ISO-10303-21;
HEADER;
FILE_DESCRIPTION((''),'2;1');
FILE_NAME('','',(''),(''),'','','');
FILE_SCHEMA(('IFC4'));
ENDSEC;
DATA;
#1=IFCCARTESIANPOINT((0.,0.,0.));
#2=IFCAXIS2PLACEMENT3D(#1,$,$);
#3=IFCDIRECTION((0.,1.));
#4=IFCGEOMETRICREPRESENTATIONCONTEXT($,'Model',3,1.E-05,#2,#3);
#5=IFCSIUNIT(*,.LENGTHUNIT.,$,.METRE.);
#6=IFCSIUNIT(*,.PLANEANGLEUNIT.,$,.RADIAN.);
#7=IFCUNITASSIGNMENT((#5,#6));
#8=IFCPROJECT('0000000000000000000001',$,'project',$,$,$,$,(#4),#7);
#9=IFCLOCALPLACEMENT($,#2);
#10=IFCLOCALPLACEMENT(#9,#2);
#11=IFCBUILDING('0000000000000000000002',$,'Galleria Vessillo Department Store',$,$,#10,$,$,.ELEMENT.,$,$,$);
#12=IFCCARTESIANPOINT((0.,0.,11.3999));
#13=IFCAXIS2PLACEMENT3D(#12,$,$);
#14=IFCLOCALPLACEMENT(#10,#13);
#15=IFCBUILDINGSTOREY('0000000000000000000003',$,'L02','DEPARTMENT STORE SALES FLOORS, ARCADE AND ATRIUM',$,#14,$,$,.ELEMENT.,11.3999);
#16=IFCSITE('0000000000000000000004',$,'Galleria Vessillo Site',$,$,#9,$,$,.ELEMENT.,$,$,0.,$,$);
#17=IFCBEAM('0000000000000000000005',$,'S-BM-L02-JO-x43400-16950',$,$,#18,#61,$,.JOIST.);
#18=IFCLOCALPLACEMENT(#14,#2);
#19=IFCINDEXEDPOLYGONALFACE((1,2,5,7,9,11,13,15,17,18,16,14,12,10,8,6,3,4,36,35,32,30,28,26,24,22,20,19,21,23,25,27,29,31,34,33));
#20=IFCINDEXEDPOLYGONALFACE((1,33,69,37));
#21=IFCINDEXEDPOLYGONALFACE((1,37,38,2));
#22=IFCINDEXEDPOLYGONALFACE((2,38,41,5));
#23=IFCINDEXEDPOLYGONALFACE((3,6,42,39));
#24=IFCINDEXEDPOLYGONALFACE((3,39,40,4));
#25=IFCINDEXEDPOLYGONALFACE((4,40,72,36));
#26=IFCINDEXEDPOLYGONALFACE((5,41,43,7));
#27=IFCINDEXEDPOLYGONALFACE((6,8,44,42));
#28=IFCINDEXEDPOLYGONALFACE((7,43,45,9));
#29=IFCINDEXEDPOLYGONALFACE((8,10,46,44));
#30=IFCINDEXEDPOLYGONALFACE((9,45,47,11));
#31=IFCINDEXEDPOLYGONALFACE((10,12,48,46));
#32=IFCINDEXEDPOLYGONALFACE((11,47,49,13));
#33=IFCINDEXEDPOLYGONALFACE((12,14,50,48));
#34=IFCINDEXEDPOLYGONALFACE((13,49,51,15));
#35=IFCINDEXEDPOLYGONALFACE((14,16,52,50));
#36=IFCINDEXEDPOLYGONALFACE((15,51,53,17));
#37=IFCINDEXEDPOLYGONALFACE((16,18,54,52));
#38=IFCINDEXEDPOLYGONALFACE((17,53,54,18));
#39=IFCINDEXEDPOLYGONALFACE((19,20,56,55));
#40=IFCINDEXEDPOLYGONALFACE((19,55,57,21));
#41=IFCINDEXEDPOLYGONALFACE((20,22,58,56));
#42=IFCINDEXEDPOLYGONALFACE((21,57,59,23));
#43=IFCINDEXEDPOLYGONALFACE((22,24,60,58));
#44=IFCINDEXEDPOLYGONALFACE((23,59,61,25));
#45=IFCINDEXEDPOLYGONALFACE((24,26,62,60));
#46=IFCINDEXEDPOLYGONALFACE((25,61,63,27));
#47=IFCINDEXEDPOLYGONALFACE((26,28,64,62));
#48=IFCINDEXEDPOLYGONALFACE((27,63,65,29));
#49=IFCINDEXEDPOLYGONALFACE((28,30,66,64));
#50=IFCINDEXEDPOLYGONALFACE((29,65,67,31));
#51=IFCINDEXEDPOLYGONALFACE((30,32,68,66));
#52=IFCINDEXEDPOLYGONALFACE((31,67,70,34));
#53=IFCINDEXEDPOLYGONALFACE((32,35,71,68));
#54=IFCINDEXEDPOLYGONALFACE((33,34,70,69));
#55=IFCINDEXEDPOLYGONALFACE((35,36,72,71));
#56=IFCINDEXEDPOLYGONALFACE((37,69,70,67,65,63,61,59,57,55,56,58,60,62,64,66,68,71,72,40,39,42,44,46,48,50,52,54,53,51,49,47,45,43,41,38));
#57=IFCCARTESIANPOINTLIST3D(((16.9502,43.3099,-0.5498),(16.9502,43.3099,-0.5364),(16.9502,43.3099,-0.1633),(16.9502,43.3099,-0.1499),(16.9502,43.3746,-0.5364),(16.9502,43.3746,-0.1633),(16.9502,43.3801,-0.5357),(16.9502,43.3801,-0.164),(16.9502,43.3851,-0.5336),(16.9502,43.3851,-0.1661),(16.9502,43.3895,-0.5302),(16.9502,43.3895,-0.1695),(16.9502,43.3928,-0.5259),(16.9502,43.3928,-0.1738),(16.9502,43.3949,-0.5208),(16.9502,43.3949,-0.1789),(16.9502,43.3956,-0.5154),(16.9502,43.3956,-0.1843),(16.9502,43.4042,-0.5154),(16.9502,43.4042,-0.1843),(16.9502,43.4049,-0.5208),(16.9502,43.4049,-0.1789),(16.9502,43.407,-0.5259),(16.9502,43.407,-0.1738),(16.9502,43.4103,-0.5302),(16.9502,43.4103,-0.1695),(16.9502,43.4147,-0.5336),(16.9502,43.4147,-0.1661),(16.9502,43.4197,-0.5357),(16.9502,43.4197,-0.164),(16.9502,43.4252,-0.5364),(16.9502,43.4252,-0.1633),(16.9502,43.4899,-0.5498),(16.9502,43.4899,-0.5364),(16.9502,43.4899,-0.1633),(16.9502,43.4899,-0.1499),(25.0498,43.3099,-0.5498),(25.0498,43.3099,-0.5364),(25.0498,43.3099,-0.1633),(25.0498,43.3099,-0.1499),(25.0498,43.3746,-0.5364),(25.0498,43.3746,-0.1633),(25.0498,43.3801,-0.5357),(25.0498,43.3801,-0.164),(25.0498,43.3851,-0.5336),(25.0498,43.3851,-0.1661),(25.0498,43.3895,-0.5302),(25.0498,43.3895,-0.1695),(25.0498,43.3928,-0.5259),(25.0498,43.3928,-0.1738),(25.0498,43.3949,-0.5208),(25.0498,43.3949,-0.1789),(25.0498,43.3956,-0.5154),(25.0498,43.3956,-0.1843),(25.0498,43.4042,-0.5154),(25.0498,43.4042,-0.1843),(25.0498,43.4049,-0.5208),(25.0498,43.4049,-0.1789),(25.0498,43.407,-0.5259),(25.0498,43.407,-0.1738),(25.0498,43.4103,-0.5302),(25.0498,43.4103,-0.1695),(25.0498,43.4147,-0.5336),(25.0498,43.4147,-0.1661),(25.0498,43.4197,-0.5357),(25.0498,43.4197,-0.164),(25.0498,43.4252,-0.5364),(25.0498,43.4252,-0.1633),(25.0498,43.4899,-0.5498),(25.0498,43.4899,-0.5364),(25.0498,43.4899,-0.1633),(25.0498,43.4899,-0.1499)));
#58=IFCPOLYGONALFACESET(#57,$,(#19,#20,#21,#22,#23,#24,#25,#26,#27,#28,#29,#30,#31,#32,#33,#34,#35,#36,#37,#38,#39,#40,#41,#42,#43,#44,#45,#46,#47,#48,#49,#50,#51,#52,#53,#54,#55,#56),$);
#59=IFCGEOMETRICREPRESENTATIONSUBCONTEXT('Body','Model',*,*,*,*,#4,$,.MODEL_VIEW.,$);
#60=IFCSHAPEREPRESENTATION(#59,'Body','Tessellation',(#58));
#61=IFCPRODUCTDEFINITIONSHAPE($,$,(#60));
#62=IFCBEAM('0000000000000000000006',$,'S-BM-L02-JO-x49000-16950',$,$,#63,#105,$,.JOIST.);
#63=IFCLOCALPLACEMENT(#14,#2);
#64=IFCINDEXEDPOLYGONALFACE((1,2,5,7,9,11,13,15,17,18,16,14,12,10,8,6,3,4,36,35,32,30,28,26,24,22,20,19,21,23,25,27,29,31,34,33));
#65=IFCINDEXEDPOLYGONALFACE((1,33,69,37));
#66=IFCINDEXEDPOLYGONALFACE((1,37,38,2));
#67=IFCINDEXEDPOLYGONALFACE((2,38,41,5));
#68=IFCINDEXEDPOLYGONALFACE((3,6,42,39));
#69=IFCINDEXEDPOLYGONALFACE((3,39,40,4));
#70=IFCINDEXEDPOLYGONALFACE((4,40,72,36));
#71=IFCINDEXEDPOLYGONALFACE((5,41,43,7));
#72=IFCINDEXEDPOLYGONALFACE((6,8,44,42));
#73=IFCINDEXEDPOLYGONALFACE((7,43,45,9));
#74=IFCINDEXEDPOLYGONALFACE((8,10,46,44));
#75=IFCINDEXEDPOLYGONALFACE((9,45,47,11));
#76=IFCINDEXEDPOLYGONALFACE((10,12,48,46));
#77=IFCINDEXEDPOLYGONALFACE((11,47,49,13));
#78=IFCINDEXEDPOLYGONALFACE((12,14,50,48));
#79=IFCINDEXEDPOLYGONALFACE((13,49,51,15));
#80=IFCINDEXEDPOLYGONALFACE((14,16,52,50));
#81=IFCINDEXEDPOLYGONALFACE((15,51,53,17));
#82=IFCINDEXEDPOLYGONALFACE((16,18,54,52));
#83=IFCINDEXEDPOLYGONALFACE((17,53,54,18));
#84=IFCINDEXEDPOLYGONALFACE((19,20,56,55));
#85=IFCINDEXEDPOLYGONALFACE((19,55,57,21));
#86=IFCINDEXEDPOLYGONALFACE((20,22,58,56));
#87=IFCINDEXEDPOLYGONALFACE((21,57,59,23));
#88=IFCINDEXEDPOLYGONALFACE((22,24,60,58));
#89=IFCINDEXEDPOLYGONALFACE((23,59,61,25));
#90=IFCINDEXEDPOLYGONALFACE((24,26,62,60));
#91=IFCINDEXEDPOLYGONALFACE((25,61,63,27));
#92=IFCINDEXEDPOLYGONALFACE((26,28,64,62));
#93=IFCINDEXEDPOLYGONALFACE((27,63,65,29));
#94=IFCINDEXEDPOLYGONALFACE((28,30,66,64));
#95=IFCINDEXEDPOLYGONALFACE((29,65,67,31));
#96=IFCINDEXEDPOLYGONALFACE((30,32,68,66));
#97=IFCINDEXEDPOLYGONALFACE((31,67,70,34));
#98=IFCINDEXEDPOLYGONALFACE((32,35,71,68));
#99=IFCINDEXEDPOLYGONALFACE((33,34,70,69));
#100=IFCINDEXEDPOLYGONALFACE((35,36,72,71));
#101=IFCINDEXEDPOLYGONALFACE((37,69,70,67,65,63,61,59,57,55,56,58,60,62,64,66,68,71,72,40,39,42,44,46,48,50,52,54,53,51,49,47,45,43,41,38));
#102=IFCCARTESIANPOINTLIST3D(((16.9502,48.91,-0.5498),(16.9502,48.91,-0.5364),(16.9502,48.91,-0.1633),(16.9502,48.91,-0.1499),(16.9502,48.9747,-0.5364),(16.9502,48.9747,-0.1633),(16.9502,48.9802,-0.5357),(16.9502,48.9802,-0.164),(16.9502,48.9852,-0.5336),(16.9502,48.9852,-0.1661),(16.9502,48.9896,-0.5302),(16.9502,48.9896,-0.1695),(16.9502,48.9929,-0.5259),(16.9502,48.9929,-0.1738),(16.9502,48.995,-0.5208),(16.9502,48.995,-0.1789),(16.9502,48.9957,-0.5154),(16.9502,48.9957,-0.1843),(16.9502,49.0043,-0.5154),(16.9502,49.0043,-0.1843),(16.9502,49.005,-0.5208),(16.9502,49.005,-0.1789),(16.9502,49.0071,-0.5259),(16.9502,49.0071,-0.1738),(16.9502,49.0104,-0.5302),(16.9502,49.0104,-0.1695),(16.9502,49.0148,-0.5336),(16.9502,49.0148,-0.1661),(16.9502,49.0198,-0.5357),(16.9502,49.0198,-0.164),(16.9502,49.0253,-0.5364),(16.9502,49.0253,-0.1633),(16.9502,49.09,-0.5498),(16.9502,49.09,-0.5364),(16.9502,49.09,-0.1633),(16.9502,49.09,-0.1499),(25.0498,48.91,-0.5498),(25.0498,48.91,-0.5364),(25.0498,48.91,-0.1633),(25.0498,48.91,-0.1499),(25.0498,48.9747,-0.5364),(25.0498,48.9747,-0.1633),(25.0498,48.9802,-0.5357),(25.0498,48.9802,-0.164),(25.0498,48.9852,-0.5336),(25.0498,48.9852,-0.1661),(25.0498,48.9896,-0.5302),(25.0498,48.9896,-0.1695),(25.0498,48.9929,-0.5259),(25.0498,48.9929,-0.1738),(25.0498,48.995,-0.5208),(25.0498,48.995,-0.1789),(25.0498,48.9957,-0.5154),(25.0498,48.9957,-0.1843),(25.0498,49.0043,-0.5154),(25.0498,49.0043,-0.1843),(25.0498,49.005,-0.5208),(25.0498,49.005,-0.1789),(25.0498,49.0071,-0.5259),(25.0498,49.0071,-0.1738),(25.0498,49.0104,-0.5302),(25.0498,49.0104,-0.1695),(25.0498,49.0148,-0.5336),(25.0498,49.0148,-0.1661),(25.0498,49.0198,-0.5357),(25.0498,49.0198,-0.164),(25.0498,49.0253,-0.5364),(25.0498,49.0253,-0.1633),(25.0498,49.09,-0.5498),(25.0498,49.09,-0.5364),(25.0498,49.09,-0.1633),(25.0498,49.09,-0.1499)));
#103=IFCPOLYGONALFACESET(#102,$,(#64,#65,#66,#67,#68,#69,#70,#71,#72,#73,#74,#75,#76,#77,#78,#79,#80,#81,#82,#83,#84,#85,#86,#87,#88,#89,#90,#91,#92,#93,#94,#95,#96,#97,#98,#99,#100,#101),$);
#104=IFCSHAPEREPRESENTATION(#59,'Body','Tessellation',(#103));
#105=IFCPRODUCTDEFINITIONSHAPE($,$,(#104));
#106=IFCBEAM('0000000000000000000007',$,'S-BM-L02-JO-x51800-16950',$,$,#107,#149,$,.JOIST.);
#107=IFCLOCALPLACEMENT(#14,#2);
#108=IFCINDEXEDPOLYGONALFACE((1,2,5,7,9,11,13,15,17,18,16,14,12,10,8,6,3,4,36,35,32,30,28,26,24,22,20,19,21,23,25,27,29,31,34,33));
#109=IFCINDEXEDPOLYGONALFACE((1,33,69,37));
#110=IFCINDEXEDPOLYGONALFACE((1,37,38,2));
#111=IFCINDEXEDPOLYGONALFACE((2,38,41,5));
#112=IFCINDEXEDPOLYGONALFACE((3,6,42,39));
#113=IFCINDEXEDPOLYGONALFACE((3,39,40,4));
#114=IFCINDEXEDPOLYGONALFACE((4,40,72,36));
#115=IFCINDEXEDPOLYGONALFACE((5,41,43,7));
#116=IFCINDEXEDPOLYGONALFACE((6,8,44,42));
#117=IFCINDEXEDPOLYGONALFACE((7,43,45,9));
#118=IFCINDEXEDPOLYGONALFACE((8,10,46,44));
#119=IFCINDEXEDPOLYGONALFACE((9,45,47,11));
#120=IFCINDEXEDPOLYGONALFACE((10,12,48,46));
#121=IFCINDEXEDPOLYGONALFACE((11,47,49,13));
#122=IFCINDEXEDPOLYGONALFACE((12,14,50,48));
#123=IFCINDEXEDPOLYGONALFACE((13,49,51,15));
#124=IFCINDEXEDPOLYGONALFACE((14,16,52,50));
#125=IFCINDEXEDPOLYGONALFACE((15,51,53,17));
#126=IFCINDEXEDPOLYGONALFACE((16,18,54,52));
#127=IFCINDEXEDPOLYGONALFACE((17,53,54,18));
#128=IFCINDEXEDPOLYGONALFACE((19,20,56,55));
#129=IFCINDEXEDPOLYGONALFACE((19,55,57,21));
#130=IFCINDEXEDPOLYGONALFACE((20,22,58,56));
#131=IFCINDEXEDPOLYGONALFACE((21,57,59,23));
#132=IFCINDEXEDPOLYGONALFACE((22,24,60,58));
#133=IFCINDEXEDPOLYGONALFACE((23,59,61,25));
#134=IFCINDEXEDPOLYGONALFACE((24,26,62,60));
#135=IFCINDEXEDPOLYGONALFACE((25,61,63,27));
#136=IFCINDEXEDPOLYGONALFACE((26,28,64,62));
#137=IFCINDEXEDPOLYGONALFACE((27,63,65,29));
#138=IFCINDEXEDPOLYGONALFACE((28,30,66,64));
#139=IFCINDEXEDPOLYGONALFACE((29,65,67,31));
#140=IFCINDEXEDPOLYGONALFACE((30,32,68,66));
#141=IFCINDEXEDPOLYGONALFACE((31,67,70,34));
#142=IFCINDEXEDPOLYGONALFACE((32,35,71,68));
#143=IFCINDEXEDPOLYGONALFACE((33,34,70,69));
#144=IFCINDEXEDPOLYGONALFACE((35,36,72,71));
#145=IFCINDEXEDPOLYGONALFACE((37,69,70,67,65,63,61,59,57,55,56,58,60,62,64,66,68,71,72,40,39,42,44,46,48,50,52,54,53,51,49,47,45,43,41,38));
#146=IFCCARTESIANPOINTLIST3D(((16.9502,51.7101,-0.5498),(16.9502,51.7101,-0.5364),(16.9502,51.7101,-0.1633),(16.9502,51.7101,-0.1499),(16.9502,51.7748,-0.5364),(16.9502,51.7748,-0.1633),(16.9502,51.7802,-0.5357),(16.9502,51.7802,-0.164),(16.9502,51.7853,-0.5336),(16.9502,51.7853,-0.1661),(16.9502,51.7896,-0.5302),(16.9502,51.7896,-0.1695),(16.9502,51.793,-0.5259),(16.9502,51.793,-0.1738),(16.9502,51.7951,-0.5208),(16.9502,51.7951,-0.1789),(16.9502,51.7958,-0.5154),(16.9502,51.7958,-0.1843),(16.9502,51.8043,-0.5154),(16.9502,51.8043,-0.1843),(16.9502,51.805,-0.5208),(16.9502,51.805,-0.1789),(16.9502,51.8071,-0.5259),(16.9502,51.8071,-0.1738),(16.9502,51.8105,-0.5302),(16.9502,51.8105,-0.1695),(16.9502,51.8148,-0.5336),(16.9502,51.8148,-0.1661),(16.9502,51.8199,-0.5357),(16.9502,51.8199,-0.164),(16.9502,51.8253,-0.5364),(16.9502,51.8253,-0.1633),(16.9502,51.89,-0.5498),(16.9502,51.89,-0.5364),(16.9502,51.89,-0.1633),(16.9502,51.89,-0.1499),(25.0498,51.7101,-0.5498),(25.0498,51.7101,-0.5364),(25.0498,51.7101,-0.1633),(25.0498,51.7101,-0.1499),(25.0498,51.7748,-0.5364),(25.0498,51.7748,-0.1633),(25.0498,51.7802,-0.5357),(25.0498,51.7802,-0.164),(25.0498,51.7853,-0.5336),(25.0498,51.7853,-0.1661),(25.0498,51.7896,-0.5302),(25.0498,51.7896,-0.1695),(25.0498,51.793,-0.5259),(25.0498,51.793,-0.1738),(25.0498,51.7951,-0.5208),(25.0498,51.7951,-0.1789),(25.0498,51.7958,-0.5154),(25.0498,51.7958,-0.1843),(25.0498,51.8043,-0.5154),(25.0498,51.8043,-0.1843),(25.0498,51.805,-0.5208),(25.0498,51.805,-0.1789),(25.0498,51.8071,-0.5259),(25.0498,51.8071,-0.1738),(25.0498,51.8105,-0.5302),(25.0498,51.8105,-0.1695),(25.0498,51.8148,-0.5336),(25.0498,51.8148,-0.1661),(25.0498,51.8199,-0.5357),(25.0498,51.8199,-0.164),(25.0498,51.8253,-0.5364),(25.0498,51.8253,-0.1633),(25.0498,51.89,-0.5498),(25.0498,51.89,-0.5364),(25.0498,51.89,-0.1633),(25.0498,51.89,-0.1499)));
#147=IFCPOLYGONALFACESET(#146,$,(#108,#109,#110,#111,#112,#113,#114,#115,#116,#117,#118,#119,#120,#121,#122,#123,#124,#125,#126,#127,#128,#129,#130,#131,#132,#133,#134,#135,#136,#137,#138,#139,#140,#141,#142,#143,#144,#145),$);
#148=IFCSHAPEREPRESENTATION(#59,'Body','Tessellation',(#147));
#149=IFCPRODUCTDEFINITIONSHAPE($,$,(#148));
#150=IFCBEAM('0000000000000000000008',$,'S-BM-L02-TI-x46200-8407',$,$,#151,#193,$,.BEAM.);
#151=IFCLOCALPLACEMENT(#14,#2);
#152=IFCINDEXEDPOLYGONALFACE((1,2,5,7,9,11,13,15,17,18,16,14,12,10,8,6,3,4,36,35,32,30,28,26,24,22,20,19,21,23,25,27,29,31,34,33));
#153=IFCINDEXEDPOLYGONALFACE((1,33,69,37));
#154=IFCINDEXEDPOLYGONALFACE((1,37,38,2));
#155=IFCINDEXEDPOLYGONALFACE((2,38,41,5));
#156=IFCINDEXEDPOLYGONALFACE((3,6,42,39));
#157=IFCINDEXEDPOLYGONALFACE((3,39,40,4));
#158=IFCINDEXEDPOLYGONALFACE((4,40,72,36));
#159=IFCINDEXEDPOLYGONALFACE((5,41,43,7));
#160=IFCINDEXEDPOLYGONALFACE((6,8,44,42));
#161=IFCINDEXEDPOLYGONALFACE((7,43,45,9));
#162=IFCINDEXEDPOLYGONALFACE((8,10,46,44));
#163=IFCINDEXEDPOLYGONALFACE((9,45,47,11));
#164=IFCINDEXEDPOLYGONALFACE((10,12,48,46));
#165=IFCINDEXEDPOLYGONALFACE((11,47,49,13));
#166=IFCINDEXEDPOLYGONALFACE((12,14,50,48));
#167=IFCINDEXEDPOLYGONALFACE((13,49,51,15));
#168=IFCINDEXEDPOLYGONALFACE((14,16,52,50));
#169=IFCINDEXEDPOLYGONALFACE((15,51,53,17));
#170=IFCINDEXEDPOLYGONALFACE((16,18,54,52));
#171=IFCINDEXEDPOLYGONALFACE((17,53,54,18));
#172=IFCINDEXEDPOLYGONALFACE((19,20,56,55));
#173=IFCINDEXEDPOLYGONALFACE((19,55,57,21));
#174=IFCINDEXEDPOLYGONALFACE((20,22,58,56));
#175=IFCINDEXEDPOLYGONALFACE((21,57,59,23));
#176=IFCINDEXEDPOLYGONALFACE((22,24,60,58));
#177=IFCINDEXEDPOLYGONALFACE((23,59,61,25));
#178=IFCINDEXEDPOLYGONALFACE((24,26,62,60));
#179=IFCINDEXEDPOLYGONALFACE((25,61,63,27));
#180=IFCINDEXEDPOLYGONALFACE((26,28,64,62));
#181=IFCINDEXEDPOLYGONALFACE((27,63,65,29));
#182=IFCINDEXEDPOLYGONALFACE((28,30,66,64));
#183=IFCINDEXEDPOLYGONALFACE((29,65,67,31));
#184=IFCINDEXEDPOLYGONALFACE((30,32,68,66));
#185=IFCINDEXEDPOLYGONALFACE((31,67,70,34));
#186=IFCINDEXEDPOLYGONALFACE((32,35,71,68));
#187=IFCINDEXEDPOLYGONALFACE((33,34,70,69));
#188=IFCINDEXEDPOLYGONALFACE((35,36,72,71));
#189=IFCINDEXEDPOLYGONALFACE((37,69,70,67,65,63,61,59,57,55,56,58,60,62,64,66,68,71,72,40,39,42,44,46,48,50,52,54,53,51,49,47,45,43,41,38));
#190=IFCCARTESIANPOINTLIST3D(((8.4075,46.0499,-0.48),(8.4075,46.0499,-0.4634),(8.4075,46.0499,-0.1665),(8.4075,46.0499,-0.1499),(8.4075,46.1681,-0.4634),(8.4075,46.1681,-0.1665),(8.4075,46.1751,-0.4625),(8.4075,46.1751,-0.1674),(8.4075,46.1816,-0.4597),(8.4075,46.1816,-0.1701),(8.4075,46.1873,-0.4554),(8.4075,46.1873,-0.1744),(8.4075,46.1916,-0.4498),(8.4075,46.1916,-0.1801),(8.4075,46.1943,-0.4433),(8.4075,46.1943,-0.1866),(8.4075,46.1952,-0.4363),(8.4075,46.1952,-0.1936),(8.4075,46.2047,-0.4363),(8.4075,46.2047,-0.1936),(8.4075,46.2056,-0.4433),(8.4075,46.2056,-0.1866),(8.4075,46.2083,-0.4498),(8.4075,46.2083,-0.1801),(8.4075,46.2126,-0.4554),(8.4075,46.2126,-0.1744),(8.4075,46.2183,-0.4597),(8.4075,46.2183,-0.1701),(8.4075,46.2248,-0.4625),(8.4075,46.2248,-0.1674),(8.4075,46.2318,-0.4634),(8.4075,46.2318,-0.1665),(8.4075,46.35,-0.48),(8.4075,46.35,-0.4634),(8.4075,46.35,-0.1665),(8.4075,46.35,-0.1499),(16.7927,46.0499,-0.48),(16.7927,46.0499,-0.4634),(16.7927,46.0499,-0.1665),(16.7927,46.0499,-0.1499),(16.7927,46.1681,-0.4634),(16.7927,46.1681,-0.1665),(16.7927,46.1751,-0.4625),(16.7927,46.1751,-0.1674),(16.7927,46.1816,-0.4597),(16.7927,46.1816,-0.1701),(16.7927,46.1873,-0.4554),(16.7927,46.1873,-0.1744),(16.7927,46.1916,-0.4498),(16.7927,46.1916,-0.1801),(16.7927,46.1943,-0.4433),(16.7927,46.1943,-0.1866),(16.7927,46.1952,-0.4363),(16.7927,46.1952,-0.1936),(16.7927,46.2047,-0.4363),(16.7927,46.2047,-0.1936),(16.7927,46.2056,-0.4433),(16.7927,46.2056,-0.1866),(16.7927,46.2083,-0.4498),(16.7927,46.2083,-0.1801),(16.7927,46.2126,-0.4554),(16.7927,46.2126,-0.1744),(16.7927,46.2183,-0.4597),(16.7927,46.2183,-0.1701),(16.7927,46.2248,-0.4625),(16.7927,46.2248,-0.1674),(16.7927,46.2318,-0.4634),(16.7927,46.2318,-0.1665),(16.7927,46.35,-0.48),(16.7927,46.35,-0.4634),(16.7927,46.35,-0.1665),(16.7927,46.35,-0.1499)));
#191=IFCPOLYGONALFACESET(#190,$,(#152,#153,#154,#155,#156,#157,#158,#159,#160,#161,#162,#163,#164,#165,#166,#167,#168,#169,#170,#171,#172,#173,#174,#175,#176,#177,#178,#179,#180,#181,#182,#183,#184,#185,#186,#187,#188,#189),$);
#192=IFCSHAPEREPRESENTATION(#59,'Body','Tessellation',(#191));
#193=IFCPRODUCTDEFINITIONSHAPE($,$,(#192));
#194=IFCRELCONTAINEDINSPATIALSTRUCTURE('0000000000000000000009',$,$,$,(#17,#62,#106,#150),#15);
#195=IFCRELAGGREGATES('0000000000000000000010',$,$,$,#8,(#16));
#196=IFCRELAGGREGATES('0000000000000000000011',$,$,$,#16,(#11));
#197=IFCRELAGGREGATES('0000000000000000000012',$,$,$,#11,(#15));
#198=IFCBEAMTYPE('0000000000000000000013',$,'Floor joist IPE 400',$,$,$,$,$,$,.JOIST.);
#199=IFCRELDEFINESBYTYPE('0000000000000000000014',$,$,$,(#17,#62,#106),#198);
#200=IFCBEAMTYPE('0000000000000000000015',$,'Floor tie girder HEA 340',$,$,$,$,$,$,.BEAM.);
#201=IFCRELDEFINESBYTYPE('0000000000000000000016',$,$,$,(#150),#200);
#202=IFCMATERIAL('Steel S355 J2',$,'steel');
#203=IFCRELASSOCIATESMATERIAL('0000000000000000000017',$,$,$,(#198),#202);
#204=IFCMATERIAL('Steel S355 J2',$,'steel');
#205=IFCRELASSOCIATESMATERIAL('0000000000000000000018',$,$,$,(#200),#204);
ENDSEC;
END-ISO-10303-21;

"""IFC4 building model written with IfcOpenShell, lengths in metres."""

from ifc_helpers import new_model, si_unit, direction, frame, origin, origin_2d, place, context, subcontext, project, spatial, i_section, extrude, material, material_profile, profile_set, type_object, element, save


model = new_model("IFC4")

# Units and contexts
model_context = context("Model", 3, precision=1e-05, world=origin(), true_north=direction((0.0, 1.0)))
body_context = subcontext(model_context, "Body", "Model", "MODEL_VIEW")
ifc_project = project(units=[si_unit("LENGTHUNIT", "METRE"), si_unit("PLANEANGLEUNIT", "RADIAN")], contexts=[model_context])

# Site, building, storey
site_placement = place(None, origin())
site = spatial("IfcSite", under=ifc_project, at=site_placement, Name="Galleria Vessillo Site", CompositionType="ELEMENT", RefElevation=0.0)
building_placement = place(site_placement, origin())
building = spatial("IfcBuilding", under=site, at=building_placement, Name="Galleria Vessillo Department Store", CompositionType="ELEMENT")
storey_placement = place(building_placement, frame((0.0, 0.0, 11.3999)))
storey = spatial("IfcBuildingStorey", under=building, at=storey_placement, Name="L02", Description="DEPARTMENT STORE SALES FLOORS, ARCADE AND ATRIUM", CompositionType="ELEMENT", Elevation=11.3999)

# Beams
ifc_material_1 = material(Name="Steel S355 J2", Category="steel")
ifc_material_profile_1 = material_profile(ifc_material_1, i_section(OverallWidth=0.1799, OverallDepth=0.3999, WebThickness=0.0085, FlangeThickness=0.0134, FilletRadius=0.021, at=origin_2d()), Name="IPE 400")
ifc_profile_set_1 = profile_set([ifc_material_profile_1], Name="Steel S355 J2")
beam_type_1 = type_object("IfcBeamType", Name="Floor joist IPE 400", PredefinedType="JOIST", material=ifc_profile_set_1)
for number, where, z_axis, x_axis, name in (
    (1, (16.9502, 43.3999, -0.3499), (1.0, 0.0, 0.0), (0.0, 1.0, 0.0), "S-BM-L02-JO-x43400-16950"),
    (2, (16.9502, 49.0, -0.3499), (1.0, 0.0, 0.0), (0.0, 1.0, 0.0), "S-BM-L02-JO-x49000-16950"),
    (3, (16.9502, 51.8, -0.3499), (1.0, 0.0, 0.0), (0.0, 1.0, 0.0), "S-BM-L02-JO-x51800-16950"),
):
    element("IfcBeam", number, at=place(storey_placement, frame(where, z_axis=z_axis, x_axis=x_axis)), inside=storey, type_object=beam_type_1, Name=name, PredefinedType="JOIST", context=body_context, shape_type="SweptSolid", body=[
        extrude(i_section(OverallWidth=0.1799, OverallDepth=0.3999, WebThickness=0.0085, FlangeThickness=0.0134, FilletRadius=0.021, at=origin_2d()), origin(), (0.0, 0.0, 1.0), 8.0996),
    ])
ifc_material_2 = material(Name="Steel S355 J2", Category="steel")
ifc_material_profile_2 = material_profile(ifc_material_2, i_section(OverallWidth=0.3, OverallDepth=0.3301, WebThickness=0.0095, FlangeThickness=0.0166, FilletRadius=0.0271, at=origin_2d()), Name="HEA 340")
ifc_profile_set_2 = profile_set([ifc_material_profile_2], Name="Steel S355 J2")
beam_type_2 = type_object("IfcBeamType", Name="Floor tie girder HEA 340", PredefinedType="BEAM", material=ifc_profile_set_2)
for number, where, z_axis, x_axis, name in (
    (4, (8.4075, 46.2, -0.3149), (1.0, 0.0, 0.0), (0.0, 1.0, 0.0), "S-BM-L02-TI-x46200-8407"),
):
    element("IfcBeam", number, at=place(storey_placement, frame(where, z_axis=z_axis, x_axis=x_axis)), inside=storey, type_object=beam_type_2, Name=name, PredefinedType="BEAM", context=body_context, shape_type="SweptSolid", body=[
        extrude(i_section(OverallWidth=0.3, OverallDepth=0.3301, WebThickness=0.0095, FlangeThickness=0.0166, FilletRadius=0.0271, at=origin_2d()), origin(), (0.0, 0.0, 1.0), 8.3853),
    ])

save(model, "model.ifc")
